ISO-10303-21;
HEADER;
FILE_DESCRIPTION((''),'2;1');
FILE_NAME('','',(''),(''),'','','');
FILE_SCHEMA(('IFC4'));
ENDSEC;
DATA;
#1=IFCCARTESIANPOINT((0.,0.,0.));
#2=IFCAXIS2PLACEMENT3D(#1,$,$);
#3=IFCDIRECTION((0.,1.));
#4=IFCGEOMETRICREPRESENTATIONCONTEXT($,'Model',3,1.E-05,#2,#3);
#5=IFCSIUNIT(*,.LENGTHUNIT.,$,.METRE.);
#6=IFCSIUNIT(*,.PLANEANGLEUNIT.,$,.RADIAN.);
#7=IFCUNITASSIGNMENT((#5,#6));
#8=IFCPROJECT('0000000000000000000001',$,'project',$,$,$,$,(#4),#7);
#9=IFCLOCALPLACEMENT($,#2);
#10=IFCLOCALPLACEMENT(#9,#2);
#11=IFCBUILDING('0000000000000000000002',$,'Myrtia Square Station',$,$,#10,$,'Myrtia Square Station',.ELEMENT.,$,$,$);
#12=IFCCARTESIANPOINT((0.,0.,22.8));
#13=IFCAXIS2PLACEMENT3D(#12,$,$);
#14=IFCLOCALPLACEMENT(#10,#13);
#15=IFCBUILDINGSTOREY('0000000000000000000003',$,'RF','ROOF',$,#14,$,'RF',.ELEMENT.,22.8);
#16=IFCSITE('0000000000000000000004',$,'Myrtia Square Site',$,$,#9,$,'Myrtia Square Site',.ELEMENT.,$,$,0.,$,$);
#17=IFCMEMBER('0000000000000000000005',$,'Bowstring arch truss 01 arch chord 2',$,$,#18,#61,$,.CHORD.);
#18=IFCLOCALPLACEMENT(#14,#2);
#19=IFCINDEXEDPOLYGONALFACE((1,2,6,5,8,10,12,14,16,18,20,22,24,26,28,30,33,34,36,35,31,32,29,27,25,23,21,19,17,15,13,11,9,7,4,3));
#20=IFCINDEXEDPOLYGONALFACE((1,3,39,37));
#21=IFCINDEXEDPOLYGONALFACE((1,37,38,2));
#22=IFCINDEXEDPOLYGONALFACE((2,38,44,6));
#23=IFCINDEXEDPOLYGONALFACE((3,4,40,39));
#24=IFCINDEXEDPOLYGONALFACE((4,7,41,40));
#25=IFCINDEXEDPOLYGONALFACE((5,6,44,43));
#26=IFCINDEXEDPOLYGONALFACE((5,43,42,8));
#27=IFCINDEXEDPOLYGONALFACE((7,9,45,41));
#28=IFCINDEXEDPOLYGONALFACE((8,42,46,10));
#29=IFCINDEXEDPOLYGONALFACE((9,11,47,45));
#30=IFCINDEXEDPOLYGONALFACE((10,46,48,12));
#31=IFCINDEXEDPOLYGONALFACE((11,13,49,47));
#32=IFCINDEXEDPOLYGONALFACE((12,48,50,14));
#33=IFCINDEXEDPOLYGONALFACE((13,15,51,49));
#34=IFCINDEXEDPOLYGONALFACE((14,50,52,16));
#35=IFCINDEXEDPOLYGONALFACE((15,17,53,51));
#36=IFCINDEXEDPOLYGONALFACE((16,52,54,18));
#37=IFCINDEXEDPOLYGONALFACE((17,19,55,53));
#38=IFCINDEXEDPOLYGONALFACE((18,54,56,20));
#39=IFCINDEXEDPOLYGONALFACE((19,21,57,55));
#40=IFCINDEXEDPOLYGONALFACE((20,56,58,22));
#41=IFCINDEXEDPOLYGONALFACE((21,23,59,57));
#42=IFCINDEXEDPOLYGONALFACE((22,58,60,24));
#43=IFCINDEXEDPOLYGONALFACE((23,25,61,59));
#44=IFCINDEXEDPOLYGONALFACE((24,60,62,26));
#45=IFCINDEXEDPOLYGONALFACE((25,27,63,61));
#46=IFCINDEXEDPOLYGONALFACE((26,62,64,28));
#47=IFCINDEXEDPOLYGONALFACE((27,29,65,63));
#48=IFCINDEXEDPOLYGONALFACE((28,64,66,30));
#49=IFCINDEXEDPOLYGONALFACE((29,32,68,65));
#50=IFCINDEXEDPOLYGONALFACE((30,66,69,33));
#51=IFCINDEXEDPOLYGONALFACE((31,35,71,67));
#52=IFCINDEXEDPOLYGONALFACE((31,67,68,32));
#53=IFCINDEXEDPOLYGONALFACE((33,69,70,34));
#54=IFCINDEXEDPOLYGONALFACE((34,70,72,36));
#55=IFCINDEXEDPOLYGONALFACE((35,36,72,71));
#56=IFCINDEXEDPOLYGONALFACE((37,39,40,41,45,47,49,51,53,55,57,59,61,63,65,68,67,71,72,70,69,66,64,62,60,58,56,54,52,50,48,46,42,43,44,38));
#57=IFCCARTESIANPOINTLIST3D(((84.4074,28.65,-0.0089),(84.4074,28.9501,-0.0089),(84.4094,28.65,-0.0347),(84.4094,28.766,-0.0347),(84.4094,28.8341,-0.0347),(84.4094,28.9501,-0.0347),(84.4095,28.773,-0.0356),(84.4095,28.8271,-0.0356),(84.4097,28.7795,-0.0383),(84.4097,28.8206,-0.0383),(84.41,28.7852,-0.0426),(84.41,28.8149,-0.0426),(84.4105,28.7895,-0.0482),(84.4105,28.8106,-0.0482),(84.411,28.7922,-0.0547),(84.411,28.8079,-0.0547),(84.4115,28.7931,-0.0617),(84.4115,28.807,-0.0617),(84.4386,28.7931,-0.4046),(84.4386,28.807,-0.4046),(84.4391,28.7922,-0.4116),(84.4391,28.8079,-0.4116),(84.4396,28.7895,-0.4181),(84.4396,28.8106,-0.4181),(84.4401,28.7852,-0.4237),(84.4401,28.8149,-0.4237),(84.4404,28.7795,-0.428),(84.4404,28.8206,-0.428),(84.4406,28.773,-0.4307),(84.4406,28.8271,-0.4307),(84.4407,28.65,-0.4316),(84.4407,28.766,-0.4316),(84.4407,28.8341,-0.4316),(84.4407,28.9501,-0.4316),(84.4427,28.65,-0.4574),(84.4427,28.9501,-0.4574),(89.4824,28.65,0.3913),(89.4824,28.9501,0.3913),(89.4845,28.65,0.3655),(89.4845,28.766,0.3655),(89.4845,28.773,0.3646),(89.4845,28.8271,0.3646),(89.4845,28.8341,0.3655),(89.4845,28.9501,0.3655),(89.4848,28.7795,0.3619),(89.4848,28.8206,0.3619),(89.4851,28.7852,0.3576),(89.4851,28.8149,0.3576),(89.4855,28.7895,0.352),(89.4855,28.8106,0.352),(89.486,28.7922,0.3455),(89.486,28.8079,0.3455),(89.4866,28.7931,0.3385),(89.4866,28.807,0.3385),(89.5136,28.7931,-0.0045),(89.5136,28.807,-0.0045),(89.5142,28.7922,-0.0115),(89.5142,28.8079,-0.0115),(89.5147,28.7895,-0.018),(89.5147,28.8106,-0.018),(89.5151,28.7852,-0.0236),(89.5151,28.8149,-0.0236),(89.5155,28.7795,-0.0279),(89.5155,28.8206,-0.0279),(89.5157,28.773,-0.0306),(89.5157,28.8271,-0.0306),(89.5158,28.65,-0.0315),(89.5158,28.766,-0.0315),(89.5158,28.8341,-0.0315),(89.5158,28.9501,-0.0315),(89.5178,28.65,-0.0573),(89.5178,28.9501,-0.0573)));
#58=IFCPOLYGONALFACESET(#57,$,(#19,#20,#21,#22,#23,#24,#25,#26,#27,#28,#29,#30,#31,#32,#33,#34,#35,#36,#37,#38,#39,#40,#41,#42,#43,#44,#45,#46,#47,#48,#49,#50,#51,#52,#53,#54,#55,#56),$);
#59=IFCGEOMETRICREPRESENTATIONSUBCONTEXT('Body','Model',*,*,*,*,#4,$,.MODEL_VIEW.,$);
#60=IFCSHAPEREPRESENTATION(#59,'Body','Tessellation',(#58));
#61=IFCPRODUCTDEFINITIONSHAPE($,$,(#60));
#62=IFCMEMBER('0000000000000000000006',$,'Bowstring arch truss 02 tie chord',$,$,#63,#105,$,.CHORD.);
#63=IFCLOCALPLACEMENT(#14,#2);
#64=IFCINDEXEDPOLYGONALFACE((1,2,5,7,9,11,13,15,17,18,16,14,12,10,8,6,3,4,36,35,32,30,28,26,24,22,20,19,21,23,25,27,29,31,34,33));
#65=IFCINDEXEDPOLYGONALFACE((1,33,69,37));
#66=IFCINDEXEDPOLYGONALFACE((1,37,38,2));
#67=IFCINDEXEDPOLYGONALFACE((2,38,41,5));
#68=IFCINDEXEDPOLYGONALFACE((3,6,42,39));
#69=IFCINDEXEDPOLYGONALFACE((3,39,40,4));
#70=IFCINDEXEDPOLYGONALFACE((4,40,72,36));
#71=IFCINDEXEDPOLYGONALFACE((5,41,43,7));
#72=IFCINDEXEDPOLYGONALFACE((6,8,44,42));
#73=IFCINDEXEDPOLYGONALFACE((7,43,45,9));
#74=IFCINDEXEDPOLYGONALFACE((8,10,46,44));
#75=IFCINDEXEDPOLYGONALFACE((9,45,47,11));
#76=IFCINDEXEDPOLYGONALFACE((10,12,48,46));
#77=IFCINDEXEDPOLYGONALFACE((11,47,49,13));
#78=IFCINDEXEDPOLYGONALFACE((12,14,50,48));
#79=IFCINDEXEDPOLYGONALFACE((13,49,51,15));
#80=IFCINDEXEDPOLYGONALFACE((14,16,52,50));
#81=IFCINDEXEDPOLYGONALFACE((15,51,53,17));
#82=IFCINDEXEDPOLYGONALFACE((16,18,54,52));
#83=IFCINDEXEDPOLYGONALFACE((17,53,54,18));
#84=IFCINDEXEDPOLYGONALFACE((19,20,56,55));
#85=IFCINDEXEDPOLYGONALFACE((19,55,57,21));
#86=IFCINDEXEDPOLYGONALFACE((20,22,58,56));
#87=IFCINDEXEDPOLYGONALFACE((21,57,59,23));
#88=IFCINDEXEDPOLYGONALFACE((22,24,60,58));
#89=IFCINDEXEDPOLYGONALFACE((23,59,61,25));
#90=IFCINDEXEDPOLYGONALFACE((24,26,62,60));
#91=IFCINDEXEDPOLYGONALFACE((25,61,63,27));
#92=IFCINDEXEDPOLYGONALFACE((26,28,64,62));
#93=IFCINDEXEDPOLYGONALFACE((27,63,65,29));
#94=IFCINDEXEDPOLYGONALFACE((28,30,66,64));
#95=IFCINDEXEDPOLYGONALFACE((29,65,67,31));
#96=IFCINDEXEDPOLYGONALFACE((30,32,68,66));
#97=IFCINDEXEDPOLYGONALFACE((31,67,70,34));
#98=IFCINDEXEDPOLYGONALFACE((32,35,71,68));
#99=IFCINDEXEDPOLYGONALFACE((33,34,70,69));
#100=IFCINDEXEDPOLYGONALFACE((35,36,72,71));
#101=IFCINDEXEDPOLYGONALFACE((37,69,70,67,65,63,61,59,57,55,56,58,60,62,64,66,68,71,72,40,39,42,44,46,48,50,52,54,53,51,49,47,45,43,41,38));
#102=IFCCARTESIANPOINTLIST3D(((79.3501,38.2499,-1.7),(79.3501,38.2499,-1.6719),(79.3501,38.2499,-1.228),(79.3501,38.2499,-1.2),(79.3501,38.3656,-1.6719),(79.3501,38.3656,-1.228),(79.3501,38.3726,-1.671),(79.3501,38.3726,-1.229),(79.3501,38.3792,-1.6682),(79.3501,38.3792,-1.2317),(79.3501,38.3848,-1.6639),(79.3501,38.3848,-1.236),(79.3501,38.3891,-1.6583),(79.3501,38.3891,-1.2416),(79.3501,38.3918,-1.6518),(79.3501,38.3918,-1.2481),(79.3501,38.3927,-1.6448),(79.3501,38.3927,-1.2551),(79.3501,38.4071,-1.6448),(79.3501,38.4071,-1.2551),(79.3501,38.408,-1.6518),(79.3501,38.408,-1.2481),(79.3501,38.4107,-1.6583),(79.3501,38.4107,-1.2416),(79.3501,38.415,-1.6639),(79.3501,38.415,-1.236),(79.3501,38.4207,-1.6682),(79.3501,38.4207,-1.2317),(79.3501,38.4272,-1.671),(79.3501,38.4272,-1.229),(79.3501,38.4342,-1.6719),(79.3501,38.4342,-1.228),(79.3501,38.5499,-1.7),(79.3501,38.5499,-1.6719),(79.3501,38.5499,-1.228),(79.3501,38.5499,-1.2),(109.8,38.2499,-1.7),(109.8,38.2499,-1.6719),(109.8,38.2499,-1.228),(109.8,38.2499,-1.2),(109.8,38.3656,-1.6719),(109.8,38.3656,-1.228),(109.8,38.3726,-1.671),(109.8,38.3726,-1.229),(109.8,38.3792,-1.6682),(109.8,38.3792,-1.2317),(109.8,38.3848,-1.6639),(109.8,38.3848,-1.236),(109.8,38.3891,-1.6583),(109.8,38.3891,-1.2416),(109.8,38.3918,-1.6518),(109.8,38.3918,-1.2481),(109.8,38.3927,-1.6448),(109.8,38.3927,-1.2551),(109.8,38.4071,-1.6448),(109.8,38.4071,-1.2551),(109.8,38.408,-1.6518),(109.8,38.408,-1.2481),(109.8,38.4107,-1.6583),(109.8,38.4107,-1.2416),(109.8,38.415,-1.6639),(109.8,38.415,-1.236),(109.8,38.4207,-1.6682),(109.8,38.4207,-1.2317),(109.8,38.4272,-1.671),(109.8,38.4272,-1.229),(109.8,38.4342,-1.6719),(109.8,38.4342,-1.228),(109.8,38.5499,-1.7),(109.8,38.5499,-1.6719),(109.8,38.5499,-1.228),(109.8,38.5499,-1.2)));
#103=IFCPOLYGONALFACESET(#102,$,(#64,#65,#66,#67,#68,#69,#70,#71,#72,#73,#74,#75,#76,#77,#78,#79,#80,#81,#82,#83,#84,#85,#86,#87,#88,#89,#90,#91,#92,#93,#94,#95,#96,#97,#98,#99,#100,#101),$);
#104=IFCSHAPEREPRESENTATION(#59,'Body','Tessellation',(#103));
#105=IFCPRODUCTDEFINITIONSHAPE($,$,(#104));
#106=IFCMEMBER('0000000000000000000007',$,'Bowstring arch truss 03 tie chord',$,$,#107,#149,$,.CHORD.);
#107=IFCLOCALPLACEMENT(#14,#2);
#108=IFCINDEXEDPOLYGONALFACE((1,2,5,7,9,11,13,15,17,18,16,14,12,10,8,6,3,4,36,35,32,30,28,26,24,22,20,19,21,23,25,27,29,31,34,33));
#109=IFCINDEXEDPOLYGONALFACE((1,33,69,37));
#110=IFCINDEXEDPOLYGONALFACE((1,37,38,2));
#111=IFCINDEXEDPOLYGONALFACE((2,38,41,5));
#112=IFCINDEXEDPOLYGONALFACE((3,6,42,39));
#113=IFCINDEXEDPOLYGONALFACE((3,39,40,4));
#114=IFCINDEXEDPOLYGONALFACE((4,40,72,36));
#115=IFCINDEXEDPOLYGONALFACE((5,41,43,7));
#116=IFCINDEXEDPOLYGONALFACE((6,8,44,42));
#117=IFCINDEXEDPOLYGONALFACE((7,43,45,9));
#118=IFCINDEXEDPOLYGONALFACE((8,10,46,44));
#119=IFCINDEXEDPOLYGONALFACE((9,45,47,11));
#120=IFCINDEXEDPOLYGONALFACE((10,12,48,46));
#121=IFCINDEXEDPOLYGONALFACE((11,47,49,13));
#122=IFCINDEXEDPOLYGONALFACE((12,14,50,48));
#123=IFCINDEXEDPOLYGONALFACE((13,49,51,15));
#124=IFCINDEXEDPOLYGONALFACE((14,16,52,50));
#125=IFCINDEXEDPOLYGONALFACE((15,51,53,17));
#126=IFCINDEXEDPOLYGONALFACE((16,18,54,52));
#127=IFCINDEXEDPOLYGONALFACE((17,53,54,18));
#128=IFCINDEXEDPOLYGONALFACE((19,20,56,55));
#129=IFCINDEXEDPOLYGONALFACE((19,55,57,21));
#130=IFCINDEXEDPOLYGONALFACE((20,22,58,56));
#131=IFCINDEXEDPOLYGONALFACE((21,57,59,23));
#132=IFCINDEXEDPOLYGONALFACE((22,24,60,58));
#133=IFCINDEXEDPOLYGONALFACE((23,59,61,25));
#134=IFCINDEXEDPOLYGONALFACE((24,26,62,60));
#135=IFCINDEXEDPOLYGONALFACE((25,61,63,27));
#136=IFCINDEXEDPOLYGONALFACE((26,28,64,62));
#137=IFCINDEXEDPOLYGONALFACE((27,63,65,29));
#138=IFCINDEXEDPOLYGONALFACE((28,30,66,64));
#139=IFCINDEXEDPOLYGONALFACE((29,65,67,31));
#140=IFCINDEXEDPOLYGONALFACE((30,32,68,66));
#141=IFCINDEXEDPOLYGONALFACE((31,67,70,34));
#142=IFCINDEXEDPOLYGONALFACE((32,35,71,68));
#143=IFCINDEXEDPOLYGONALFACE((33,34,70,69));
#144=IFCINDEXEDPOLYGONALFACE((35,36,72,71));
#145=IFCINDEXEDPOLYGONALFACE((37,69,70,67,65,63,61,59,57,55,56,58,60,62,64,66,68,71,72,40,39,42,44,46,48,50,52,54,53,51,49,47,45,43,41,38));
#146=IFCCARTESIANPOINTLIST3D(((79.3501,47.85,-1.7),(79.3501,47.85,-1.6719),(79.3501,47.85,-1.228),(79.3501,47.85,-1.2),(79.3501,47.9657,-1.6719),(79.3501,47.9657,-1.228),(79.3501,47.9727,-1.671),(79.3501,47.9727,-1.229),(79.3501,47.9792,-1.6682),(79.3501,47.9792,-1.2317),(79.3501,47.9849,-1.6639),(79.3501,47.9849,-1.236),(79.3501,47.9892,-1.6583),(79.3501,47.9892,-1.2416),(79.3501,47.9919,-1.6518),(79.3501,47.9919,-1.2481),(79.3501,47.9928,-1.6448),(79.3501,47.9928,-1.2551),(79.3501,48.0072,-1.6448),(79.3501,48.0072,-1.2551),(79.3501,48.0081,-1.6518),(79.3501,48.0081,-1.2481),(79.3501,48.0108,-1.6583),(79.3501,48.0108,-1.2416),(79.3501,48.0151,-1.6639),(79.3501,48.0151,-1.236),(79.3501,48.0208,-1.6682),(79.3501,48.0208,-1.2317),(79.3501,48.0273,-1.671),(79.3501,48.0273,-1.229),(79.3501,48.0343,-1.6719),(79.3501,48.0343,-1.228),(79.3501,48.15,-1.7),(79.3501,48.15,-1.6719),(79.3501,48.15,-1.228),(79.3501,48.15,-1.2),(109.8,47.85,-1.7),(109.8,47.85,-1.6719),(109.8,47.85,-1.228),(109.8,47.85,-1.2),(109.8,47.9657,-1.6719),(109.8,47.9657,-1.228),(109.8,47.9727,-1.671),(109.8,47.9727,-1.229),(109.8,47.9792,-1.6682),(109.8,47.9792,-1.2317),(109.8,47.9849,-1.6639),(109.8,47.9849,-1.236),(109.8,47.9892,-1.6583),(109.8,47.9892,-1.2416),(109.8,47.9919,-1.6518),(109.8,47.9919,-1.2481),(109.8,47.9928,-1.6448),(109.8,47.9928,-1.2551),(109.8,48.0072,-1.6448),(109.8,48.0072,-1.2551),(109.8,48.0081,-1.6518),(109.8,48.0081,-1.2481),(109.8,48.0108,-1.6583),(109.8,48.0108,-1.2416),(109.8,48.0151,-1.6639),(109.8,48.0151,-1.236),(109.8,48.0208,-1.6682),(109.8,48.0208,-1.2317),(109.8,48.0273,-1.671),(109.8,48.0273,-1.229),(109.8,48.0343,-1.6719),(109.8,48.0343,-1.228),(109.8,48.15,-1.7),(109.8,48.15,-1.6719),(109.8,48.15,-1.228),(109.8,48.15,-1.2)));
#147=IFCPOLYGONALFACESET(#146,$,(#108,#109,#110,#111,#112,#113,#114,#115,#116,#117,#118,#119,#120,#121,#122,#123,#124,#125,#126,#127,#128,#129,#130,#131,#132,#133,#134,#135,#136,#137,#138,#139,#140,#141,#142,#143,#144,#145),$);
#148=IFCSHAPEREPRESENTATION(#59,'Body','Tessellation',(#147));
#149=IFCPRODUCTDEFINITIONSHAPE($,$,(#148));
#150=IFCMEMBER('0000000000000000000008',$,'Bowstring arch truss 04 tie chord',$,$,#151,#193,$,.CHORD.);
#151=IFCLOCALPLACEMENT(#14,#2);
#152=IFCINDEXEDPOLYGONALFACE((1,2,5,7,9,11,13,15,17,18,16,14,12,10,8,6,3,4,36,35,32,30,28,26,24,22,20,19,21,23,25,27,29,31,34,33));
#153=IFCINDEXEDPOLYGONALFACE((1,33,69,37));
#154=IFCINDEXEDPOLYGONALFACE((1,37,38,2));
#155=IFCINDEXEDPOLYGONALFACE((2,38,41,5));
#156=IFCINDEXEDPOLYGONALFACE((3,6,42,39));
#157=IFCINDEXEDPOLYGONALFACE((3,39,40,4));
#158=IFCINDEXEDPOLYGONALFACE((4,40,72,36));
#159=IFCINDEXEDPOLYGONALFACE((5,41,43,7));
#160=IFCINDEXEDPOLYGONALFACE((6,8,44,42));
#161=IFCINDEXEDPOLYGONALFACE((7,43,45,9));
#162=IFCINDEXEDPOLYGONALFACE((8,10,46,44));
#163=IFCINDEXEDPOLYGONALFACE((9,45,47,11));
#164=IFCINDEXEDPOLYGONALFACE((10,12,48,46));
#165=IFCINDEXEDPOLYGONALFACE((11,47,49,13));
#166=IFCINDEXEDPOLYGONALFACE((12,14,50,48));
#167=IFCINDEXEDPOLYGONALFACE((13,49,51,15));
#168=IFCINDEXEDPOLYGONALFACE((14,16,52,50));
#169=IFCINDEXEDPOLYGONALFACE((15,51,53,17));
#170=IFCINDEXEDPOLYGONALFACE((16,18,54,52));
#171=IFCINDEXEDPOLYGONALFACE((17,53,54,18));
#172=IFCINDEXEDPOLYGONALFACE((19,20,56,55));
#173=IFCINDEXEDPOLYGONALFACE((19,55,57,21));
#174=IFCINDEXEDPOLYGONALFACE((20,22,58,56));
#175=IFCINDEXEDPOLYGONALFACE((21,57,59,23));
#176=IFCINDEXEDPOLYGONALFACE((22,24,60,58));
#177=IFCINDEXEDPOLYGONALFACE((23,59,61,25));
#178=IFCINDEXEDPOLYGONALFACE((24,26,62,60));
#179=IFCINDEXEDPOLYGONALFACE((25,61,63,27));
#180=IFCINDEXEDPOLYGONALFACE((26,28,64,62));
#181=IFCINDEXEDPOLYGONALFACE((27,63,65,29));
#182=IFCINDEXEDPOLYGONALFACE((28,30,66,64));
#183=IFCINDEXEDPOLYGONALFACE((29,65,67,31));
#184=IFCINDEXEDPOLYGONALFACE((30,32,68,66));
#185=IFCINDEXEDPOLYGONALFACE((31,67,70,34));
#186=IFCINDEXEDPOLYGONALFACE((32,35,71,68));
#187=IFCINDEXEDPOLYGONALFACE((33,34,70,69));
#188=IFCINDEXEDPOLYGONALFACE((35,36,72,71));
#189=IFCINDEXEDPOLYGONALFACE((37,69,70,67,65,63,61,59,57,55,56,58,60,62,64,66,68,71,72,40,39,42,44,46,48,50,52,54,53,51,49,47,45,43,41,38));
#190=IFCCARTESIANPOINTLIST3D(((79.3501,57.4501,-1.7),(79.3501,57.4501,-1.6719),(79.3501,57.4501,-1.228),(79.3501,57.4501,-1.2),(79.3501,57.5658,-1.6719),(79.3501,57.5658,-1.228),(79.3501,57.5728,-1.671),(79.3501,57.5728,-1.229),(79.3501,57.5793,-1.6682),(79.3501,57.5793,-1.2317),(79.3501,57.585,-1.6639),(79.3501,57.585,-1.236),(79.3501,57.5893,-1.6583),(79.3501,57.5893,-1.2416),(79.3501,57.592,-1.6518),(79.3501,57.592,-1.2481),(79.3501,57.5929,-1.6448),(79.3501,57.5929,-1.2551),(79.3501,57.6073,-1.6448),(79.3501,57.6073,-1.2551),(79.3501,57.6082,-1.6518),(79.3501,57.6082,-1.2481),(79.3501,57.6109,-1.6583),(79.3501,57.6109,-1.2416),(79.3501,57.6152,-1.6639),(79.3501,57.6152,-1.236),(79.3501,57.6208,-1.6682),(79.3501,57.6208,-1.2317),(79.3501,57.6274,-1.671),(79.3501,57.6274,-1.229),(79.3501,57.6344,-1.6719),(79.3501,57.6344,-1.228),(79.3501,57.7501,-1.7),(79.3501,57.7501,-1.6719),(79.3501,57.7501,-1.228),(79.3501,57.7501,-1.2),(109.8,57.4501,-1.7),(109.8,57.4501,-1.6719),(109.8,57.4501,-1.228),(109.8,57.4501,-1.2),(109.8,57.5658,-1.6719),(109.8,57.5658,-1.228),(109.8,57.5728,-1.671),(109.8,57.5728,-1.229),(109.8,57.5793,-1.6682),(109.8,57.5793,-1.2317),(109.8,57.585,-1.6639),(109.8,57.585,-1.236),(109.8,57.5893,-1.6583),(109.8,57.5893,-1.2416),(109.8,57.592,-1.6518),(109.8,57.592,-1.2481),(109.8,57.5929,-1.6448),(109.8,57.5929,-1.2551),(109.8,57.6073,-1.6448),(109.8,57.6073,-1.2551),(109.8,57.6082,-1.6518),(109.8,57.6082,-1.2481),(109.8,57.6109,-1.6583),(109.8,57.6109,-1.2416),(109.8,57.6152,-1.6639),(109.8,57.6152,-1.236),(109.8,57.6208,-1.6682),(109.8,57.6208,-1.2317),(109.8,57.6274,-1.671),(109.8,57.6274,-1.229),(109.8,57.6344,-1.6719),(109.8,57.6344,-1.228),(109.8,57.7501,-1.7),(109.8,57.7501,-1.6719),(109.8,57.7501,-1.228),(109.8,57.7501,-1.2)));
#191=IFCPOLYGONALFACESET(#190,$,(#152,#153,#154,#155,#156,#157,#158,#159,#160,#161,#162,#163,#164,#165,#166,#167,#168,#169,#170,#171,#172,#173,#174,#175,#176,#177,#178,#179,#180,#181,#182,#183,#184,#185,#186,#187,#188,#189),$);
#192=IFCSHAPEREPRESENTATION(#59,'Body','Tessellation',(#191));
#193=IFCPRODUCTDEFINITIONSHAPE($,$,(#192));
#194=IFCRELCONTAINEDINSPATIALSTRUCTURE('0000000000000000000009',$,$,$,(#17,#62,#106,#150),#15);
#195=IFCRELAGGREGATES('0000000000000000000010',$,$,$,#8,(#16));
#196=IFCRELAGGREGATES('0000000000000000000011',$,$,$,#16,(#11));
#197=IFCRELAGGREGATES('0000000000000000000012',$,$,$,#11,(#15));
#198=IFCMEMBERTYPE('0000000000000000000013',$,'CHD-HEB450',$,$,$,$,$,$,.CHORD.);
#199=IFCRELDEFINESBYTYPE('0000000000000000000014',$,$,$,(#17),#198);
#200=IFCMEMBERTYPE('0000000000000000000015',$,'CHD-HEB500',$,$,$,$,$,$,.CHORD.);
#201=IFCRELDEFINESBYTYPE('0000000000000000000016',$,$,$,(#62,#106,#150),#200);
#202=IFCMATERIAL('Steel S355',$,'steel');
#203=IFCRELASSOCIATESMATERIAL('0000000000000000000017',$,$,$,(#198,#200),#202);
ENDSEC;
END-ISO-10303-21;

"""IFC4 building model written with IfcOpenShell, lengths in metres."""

from ifc_helpers import new_model, si_unit, direction, frame, origin, origin_2d, place, context, subcontext, project, spatial, i_section, extrude, material, material_profile, profile_set, type_object, element, save


model = new_model("IFC4")

# Units and contexts
model_context = context("Model", 3, precision=1e-05, world=origin(), true_north=direction((0.0, 1.0)))
body_context = subcontext(model_context, "Body", "Model", "MODEL_VIEW")
ifc_project = project(units=[si_unit("LENGTHUNIT", "METRE"), si_unit("PLANEANGLEUNIT", "RADIAN")], contexts=[model_context])

# Site, building, storey
site_placement = place(None, origin())
site = spatial("IfcSite", under=ifc_project, at=site_placement, Name="Myrtia Square Site", LongName="Myrtia Square Site", CompositionType="ELEMENT", RefElevation=0.0)
building_placement = place(site_placement, origin())
building = spatial("IfcBuilding", under=site, at=building_placement, Name="Myrtia Square Station", LongName="Myrtia Square Station", CompositionType="ELEMENT")
storey_placement = place(building_placement, frame((0.0, 0.0, 22.8)))
storey = spatial("IfcBuildingStorey", under=building, at=storey_placement, Name="RF", Description="ROOF", LongName="RF", CompositionType="ELEMENT", Elevation=22.8)

# Members
ifc_material = material(Name="Steel S355", Category="steel")
ifc_material_profile_1 = material_profile(ifc_material, i_section(OverallWidth=0.3, OverallDepth=0.45, WebThickness=0.0139, FlangeThickness=0.0259, FilletRadius=0.0271, at=origin_2d()), Name="HEB 450")
ifc_profile_set_1 = profile_set([ifc_material_profile_1], Name="Steel S355")
member_type_1 = type_object("IfcMemberType", Name="CHD-HEB450", PredefinedType="CHORD", material=ifc_profile_set_1)
member_1_placement = place(storey_placement, frame((84.425, 28.8, -0.2332), z_axis=(0.996906, 0.0, 0.078603), x_axis=(0.0, 1.0, 0.0)))
element("IfcMember", 1, at=member_1_placement, inside=storey, type_object=member_type_1, Name="Bowstring arch truss 01 arch chord 2", PredefinedType="CHORD", context=body_context, shape_type="SweptSolid", body=[
    extrude(i_section(OverallWidth=0.3, OverallDepth=0.45, WebThickness=0.0139, FlangeThickness=0.0259, FilletRadius=0.0271, at=origin_2d()), origin(), (0.0, 0.0, 1.0), 5.0908),
])
ifc_material_profile_2 = material_profile(ifc_material, i_section(OverallWidth=0.3, OverallDepth=0.5, WebThickness=0.0144, FlangeThickness=0.0281, FilletRadius=0.0271, at=origin_2d()), Name="HEB 500")
ifc_profile_set_2 = profile_set([ifc_material_profile_2], Name="Steel S355")
member_type_2 = type_object("IfcMemberType", Name="CHD-HEB500", PredefinedType="CHORD", material=ifc_profile_set_2)
for number, where, z_axis, x_axis, name in (
    (2, (79.3501, 38.3999, -1.45), (1.0, 0.0, 0.0), (0.0, 1.0, 0.0), "Bowstring arch truss 02 tie chord"),
    (3, (79.3501, 48.0, -1.45), (1.0, 0.0, 0.0), (0.0, 1.0, 0.0), "Bowstring arch truss 03 tie chord"),
    (4, (79.3501, 57.6001, -1.45), (1.0, 0.0, 0.0), (0.0, 1.0, 0.0), "Bowstring arch truss 04 tie chord"),
):
    element("IfcMember", number, at=place(storey_placement, frame(where, z_axis=z_axis, x_axis=x_axis)), inside=storey, type_object=member_type_2, Name=name, PredefinedType="CHORD", context=body_context, shape_type="SweptSolid", body=[
        extrude(i_section(OverallWidth=0.3, OverallDepth=0.5, WebThickness=0.0144, FlangeThickness=0.0281, FilletRadius=0.0271, at=origin_2d()), origin(), (0.0, 0.0, 1.0), 30.45),
    ])

save(model, "model.ifc")
